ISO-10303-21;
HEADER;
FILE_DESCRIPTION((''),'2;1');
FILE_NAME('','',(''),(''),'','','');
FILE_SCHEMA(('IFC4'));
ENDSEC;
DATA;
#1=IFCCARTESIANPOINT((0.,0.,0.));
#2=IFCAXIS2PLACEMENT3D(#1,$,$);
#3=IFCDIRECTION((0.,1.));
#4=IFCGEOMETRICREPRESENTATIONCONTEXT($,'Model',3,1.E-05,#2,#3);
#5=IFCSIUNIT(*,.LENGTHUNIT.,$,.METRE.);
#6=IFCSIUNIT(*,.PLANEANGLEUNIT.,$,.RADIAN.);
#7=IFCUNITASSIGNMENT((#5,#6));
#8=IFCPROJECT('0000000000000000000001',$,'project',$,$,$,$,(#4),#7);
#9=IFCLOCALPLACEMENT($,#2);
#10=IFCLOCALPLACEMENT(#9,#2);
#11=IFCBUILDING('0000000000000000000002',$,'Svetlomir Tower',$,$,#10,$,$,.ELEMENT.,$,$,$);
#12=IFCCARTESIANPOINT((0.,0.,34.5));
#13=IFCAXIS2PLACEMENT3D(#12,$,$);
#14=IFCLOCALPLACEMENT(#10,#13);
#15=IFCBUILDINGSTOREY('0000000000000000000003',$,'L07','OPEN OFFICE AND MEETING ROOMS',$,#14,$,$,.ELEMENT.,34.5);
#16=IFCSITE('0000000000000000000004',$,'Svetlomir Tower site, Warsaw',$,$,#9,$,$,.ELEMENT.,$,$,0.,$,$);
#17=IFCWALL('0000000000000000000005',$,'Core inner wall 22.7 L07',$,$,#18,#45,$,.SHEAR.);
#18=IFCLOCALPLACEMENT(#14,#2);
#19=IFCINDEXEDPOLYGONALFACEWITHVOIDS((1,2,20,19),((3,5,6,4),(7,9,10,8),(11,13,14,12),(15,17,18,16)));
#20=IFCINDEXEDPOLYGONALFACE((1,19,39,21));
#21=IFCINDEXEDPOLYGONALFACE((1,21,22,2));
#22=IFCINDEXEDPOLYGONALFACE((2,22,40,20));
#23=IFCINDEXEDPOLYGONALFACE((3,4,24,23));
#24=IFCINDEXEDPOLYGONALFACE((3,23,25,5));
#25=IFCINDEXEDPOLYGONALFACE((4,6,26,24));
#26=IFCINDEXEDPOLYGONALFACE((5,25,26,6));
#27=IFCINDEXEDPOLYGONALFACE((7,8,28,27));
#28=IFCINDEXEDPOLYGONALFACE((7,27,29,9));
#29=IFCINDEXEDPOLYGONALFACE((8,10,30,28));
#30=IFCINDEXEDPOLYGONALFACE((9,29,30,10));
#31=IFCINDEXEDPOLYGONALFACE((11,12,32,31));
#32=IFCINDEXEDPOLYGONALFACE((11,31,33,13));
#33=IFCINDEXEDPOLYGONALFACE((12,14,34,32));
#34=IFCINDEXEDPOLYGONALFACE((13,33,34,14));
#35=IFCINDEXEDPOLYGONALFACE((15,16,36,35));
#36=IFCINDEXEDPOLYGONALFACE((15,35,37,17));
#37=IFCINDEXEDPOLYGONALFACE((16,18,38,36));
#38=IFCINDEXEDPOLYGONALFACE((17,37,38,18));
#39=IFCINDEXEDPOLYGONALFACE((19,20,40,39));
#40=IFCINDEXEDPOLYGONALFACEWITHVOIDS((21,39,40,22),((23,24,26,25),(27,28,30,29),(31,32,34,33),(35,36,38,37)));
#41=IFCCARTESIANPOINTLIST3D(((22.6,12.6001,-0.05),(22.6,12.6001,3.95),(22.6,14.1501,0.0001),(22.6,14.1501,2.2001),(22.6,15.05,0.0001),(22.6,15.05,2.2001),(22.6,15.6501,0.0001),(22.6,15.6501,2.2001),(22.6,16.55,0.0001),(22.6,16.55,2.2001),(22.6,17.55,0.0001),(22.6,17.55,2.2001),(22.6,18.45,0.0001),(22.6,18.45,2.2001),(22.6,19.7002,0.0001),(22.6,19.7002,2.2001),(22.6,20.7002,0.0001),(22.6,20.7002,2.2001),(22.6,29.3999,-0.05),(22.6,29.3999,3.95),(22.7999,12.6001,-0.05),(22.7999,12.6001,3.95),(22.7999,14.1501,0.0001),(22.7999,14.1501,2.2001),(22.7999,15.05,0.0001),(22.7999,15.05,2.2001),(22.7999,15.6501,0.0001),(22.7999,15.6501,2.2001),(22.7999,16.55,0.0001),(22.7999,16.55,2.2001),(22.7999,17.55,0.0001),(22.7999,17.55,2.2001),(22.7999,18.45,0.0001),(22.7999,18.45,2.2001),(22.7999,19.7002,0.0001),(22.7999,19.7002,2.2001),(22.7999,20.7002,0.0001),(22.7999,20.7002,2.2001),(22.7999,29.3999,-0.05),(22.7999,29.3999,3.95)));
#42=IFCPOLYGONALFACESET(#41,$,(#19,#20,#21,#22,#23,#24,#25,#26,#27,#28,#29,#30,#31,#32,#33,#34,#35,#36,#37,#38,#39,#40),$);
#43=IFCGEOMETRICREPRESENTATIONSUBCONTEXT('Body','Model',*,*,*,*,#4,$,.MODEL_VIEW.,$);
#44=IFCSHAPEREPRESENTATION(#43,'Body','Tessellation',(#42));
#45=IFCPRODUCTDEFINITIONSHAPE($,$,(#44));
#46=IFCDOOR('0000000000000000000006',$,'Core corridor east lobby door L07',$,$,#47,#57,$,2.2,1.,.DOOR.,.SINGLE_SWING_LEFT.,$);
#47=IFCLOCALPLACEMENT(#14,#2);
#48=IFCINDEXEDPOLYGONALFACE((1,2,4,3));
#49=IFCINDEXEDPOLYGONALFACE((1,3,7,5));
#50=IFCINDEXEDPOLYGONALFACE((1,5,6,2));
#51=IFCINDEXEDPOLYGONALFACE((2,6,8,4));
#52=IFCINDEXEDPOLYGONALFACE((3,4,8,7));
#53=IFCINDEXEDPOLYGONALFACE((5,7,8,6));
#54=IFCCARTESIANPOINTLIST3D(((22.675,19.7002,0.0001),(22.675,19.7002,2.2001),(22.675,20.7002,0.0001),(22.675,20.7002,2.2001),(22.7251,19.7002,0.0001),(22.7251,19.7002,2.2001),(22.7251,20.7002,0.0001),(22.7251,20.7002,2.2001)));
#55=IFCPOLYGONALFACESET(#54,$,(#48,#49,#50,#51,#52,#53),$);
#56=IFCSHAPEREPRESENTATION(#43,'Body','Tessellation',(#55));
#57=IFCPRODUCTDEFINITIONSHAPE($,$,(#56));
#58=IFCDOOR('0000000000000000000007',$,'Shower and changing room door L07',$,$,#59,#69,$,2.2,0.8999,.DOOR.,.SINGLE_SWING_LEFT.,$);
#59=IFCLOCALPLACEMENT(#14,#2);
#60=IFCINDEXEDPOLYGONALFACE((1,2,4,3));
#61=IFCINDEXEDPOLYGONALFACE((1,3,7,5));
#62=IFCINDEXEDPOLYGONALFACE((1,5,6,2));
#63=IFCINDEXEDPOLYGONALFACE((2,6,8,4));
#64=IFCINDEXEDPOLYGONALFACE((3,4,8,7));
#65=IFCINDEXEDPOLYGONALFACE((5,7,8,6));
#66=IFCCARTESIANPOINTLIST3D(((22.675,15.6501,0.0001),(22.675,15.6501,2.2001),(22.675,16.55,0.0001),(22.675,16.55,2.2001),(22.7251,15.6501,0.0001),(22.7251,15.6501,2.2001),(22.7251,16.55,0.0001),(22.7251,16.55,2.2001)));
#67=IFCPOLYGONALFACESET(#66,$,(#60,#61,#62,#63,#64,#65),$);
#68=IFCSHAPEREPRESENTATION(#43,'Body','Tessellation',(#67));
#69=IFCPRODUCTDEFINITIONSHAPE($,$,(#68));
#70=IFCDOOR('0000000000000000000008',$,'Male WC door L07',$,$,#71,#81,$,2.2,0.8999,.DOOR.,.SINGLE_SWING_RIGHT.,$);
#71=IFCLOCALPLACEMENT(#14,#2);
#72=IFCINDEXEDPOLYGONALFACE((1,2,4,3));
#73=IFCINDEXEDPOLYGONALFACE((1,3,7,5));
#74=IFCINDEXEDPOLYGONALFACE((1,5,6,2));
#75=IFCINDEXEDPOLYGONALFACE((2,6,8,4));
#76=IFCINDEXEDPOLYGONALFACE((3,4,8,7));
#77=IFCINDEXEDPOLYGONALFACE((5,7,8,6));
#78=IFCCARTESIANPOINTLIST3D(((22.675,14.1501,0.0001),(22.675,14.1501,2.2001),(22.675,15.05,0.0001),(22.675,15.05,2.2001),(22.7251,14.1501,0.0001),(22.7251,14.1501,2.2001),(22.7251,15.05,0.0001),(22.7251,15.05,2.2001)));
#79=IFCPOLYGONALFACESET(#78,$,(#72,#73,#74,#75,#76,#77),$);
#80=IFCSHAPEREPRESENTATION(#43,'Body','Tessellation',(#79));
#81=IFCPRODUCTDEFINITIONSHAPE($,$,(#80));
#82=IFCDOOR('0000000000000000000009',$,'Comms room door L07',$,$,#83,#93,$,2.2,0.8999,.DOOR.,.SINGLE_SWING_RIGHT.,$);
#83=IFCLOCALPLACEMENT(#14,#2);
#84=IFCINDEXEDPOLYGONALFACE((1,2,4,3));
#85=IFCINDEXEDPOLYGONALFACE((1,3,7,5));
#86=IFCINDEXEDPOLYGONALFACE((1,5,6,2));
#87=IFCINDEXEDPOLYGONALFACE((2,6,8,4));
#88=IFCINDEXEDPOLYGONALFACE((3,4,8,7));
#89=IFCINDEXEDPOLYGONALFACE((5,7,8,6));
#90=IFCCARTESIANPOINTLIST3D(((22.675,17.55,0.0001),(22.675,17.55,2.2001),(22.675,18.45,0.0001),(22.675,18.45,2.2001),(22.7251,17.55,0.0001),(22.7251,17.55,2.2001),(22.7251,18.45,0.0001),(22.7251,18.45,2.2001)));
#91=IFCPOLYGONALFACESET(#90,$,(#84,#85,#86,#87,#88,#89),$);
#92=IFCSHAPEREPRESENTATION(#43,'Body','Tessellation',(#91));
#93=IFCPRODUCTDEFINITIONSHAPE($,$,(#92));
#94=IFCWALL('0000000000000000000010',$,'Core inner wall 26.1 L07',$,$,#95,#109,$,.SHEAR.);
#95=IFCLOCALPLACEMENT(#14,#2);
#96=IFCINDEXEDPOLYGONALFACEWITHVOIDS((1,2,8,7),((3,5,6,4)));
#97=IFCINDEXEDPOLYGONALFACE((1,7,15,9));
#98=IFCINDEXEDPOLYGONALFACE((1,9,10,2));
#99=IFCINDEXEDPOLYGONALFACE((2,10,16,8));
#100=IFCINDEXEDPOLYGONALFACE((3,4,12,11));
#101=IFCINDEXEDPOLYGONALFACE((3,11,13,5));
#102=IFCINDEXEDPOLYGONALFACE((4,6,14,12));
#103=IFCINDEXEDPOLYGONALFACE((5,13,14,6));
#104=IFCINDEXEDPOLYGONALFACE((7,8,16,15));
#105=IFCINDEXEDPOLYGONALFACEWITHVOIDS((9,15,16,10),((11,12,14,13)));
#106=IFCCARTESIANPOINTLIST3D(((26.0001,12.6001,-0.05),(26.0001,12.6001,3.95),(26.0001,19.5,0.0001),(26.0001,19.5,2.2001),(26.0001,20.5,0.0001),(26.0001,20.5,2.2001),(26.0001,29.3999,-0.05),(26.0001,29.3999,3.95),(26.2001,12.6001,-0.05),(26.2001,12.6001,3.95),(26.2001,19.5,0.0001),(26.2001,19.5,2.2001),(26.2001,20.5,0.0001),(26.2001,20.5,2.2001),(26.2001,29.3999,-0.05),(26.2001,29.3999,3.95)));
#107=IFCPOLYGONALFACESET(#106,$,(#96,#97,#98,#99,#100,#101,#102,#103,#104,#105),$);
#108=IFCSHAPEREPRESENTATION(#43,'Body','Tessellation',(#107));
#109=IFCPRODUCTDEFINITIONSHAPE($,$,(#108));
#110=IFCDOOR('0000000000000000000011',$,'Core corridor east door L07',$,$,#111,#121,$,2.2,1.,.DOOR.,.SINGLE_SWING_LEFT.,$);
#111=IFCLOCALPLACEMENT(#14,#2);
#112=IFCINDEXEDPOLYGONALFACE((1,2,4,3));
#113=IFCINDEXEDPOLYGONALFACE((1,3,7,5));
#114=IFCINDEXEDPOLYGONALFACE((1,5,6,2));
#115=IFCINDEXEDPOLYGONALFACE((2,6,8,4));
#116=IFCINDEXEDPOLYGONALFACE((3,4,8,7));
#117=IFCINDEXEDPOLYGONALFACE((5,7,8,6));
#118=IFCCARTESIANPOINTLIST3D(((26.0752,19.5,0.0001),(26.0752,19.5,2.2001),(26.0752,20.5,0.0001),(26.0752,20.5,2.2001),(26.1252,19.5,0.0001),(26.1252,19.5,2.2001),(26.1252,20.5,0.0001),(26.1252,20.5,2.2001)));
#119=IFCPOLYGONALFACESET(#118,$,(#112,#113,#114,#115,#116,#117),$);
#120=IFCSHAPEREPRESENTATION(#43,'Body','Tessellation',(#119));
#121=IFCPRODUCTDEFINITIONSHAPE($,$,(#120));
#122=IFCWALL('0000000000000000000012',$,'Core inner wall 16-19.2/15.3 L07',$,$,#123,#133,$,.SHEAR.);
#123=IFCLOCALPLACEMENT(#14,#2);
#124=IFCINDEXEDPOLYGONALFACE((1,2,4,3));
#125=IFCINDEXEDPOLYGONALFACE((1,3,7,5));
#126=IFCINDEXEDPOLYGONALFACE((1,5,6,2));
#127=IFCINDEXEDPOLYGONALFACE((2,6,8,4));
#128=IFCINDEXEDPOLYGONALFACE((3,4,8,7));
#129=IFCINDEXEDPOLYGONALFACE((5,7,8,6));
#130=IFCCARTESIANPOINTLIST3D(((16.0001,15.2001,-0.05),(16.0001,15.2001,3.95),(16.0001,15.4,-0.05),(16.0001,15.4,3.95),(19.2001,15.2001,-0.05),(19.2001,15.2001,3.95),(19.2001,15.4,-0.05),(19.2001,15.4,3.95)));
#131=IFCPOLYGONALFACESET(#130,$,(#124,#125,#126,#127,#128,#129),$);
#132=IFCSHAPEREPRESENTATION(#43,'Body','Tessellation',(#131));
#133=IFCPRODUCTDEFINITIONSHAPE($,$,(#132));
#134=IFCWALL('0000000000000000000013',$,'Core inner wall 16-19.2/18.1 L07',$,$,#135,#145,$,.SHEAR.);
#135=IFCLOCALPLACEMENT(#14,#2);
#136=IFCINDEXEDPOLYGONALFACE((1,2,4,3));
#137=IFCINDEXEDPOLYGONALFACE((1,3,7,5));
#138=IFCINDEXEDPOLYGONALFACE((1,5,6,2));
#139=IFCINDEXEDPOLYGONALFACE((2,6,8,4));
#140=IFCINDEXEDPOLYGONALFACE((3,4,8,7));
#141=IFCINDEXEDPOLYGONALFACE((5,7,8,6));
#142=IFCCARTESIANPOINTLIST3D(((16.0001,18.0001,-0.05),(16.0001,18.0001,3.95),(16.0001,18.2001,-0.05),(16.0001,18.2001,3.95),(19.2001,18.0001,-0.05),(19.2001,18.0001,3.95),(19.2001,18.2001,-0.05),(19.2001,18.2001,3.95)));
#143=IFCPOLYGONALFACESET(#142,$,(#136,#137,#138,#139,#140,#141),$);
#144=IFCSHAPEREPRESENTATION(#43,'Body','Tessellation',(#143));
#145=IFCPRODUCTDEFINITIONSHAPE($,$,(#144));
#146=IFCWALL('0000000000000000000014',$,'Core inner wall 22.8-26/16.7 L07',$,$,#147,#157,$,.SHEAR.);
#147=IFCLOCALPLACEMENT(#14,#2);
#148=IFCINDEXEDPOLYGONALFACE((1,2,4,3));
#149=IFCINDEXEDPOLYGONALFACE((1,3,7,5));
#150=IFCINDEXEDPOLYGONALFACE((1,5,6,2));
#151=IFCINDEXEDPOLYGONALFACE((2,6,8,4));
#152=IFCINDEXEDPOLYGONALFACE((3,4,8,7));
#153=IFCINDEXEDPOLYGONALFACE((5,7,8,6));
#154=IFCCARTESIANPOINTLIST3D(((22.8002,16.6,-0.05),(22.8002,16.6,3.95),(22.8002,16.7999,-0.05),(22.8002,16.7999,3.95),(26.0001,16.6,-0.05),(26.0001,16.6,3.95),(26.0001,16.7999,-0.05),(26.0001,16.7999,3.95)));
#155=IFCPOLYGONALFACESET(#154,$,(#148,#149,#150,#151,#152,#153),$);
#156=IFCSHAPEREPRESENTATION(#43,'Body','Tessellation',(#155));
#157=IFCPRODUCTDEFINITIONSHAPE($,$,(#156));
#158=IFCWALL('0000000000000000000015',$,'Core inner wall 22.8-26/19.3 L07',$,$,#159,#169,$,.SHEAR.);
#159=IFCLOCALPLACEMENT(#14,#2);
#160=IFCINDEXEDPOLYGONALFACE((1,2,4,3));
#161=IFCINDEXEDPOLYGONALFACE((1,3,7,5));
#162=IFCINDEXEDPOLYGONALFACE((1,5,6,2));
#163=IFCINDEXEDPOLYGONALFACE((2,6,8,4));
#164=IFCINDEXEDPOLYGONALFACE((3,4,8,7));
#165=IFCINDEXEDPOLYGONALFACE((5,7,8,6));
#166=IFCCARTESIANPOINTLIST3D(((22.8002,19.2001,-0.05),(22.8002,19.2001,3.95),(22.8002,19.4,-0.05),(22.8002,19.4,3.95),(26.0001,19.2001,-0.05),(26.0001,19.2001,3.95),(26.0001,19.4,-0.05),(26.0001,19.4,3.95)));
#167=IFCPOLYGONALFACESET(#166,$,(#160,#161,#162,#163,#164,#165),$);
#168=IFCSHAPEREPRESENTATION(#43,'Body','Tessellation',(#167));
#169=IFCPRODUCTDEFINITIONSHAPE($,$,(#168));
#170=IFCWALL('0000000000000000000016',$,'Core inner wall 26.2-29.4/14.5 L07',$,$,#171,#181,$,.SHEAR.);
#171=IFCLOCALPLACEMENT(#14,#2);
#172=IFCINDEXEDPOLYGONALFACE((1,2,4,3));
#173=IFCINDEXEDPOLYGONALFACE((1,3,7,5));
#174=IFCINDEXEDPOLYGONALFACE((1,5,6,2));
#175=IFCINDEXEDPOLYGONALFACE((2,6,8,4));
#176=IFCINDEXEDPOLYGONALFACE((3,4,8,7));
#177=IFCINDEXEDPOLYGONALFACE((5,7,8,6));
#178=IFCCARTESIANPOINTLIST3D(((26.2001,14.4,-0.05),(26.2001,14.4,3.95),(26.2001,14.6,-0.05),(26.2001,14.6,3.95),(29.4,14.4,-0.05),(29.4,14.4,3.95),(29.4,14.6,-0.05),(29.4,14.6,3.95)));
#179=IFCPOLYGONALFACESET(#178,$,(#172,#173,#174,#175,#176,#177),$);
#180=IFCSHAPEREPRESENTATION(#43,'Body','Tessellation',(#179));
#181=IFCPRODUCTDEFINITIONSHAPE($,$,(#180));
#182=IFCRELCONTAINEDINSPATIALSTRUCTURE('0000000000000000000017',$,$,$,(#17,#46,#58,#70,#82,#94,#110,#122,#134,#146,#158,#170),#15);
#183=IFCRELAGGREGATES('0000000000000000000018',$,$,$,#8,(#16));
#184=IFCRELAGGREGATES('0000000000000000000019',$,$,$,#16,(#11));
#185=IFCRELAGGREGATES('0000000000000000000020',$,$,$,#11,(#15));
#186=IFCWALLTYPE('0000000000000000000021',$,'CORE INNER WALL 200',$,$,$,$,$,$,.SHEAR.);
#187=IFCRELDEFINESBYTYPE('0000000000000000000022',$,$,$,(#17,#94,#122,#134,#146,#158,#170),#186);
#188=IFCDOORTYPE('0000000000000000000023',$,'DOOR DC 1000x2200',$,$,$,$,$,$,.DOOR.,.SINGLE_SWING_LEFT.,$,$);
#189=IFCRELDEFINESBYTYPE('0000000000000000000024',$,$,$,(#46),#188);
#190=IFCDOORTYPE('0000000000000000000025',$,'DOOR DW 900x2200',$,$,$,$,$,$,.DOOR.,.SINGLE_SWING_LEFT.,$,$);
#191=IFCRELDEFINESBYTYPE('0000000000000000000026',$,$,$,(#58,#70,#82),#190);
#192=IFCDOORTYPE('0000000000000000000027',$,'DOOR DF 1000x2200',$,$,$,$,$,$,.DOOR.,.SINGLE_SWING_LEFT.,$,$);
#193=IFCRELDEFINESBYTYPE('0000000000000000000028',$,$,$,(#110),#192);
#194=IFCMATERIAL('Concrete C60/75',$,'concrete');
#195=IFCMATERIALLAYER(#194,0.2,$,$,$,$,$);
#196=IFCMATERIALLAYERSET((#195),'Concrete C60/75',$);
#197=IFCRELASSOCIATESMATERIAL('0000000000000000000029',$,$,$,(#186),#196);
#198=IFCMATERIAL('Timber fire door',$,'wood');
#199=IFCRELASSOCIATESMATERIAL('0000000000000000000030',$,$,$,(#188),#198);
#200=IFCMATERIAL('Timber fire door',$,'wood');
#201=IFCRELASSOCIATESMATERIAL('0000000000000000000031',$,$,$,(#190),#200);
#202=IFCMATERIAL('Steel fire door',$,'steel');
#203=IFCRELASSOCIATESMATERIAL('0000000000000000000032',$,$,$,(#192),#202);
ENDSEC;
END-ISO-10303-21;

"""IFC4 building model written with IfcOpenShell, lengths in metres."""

from ifc_helpers import new_model, si_unit, direction, frame, frame_2d, origin, place, context, subcontext, project, spatial, rectangle, extrude, material, layer, layer_set, type_object, element, fill, save


model = new_model("IFC4")

# Units and contexts
model_context = context("Model", 3, precision=1e-05, world=origin(), true_north=direction((0.0, 1.0)))
body_context = subcontext(model_context, "Body", "Model", "MODEL_VIEW")
ifc_project = project(units=[si_unit("LENGTHUNIT", "METRE"), si_unit("PLANEANGLEUNIT", "RADIAN")], contexts=[model_context])

# Site, building, storey
site_placement = place(None, origin())
site = spatial("IfcSite", under=ifc_project, at=site_placement, Name="Svetlomir Tower site, Warsaw", CompositionType="ELEMENT", RefElevation=0.0)
building_placement = place(site_placement, origin())
building = spatial("IfcBuilding", under=site, at=building_placement, Name="Svetlomir Tower", CompositionType="ELEMENT")
storey_placement = place(building_placement, frame((0.0, 0.0, 34.5)))
storey = spatial("IfcBuildingStorey", under=building, at=storey_placement, Name="L07", Description="OPEN OFFICE AND MEETING ROOMS", CompositionType="ELEMENT", Elevation=34.5)

# Wall, openings, doors
ifc_material_1 = material(Name="Concrete C60/75", Category="concrete")
ifc_layer_1 = layer(ifc_material_1, 0.2)
ifc_layer_set_1 = layer_set([ifc_layer_1], Name="Concrete C60/75")
wall_type_1 = type_object("IfcWallType", Name="CORE INNER WALL 200", PredefinedType="SHEAR", material=ifc_layer_set_1)
wall_1_placement = place(storey_placement, frame((22.7, 12.6001, -0.05), z_axis=(0.0, 0.0, 1.0), x_axis=(0.0, 1.0, 0.0)))
wall_1 = element("IfcWall", 1, at=wall_1_placement, inside=storey, type_object=wall_type_1, Name="Core inner wall 22.7 L07", PredefinedType="SHEAR", context=body_context, shape_type="SweptSolid", body=[
    extrude(rectangle(XDim=16.7998, YDim=0.2, at=frame_2d((8.3999, 0.0))), origin(), (0.0, 0.0, 1.0), 4.0),
])
opening_1_placement = place(wall_1_placement, frame((3.05, 0.0, 0.05)))
opening_1 = element("IfcOpeningElement", 2, at=opening_1_placement, cuts=wall_1, PredefinedType="OPENING", context=body_context, shape_type="SweptSolid", body=[
    extrude(rectangle(XDim=0.8999, YDim=2.2, at=frame_2d((0.45, 1.1001))), frame((0.0, 0.1099, 0.0), z_axis=(0.0, -1.0, 0.0), x_axis=(1.0, 0.0, 0.0)), (0.0, 0.0, 1.0), 0.22),
])
opening_2_placement = place(wall_1_placement, frame((7.1001, 0.0, 0.05)))
opening_2 = element("IfcOpeningElement", 3, at=opening_2_placement, cuts=wall_1, PredefinedType="OPENING", context=body_context, shape_type="SweptSolid", body=[
    extrude(rectangle(XDim=1.0, YDim=2.2, at=frame_2d((0.5, 1.1001))), frame((0.0, 0.1099, 0.0), z_axis=(0.0, -1.0, 0.0), x_axis=(1.0, 0.0, 0.0)), (0.0, 0.0, 1.0), 0.22),
])
opening_3_placement = place(wall_1_placement, frame((1.55, 0.0, 0.05)))
opening_3 = element("IfcOpeningElement", 4, at=opening_3_placement, cuts=wall_1, PredefinedType="OPENING", context=body_context, shape_type="SweptSolid", body=[
    extrude(rectangle(XDim=0.8999, YDim=2.2, at=frame_2d((0.45, 1.1001))), frame((0.0, 0.1099, 0.0), z_axis=(0.0, -1.0, 0.0), x_axis=(1.0, 0.0, 0.0)), (0.0, 0.0, 1.0), 0.22),
])
opening_4_placement = place(wall_1_placement, frame((4.95, 0.0, 0.05)))
opening_4 = element("IfcOpeningElement", 5, at=opening_4_placement, cuts=wall_1, PredefinedType="OPENING", context=body_context, shape_type="SweptSolid", body=[
    extrude(rectangle(XDim=0.8999, YDim=2.2, at=frame_2d((0.45, 1.1001))), frame((0.0, 0.1099, 0.0), z_axis=(0.0, -1.0, 0.0), x_axis=(1.0, 0.0, 0.0)), (0.0, 0.0, 1.0), 0.22),
])
ifc_material_2 = material(Name="Timber fire door", Category="wood")
door_type_1 = type_object("IfcDoorType", Name="DOOR DC 1000x2200", OperationType="SINGLE_SWING_LEFT", PredefinedType="DOOR", material=ifc_material_2)
door_1_placement = place(opening_2_placement, origin())
door_1 = element("IfcDoor", 6, at=door_1_placement, inside=storey, type_object=door_type_1, Name="Core corridor east lobby door L07", OperationType="SINGLE_SWING_LEFT", OverallHeight=2.2, OverallWidth=1.0, PredefinedType="DOOR", context=body_context, shape_type="SweptSolid", body=[
    extrude(rectangle(XDim=1.0, YDim=2.2, at=frame_2d((0.5, 1.1001))), frame((0.0, 0.0249, 0.0), z_axis=(0.0, -1.0, 0.0), x_axis=(1.0, 0.0, 0.0)), (0.0, 0.0, 1.0), 0.05),
])
fill(opening_2, door_1)
ifc_material_3 = material(Name="Timber fire door", Category="wood")
door_type_2 = type_object("IfcDoorType", Name="DOOR DW 900x2200", OperationType="SINGLE_SWING_LEFT", PredefinedType="DOOR", material=ifc_material_3)
door_2_placement = place(opening_1_placement, origin())
door_2 = element("IfcDoor", 7, at=door_2_placement, inside=storey, type_object=door_type_2, Name="Shower and changing room door L07", OperationType="SINGLE_SWING_LEFT", OverallHeight=2.2, OverallWidth=0.8999, PredefinedType="DOOR", context=body_context, shape_type="SweptSolid", body=[
    extrude(rectangle(XDim=0.8999, YDim=2.2, at=frame_2d((0.45, 1.1001))), frame((0.0, 0.0249, 0.0), z_axis=(0.0, -1.0, 0.0), x_axis=(1.0, 0.0, 0.0)), (0.0, 0.0, 1.0), 0.05),
])
fill(opening_1, door_2)
door_3_placement = place(opening_3_placement, origin())
door_3 = element("IfcDoor", 8, at=door_3_placement, inside=storey, type_object=door_type_2, Name="Male WC door L07", OperationType="SINGLE_SWING_RIGHT", OverallHeight=2.2, OverallWidth=0.8999, PredefinedType="DOOR", context=body_context, shape_type="SweptSolid", body=[
    extrude(rectangle(XDim=0.8999, YDim=2.2, at=frame_2d((0.45, 1.1001))), frame((0.0, 0.0249, 0.0), z_axis=(0.0, -1.0, 0.0), x_axis=(1.0, 0.0, 0.0)), (0.0, 0.0, 1.0), 0.05),
])
fill(opening_3, door_3)
door_4_placement = place(opening_4_placement, origin())
door_4 = element("IfcDoor", 9, at=door_4_placement, inside=storey, type_object=door_type_2, Name="Comms room door L07", OperationType="SINGLE_SWING_RIGHT", OverallHeight=2.2, OverallWidth=0.8999, PredefinedType="DOOR", context=body_context, shape_type="SweptSolid", body=[
    extrude(rectangle(XDim=0.8999, YDim=2.2, at=frame_2d((0.45, 1.1001))), frame((0.0, 0.0249, 0.0), z_axis=(0.0, -1.0, 0.0), x_axis=(1.0, 0.0, 0.0)), (0.0, 0.0, 1.0), 0.05),
])
fill(opening_4, door_4)

# Wall, opening, door
wall_2_placement = place(storey_placement, frame((26.1001, 12.6001, -0.05), z_axis=(0.0, 0.0, 1.0), x_axis=(0.0, 1.0, 0.0)))
wall_2 = element("IfcWall", 10, at=wall_2_placement, inside=storey, type_object=wall_type_1, Name="Core inner wall 26.1 L07", PredefinedType="SHEAR", context=body_context, shape_type="SweptSolid", body=[
    extrude(rectangle(XDim=16.7998, YDim=0.2, at=frame_2d((8.3999, 0.0))), origin(), (0.0, 0.0, 1.0), 4.0),
])
opening_5_placement = place(wall_2_placement, frame((6.8999, 0.0, 0.05)))
opening_5 = element("IfcOpeningElement", 11, at=opening_5_placement, cuts=wall_2, PredefinedType="OPENING", context=body_context, shape_type="SweptSolid", body=[
    extrude(rectangle(XDim=1.0, YDim=2.2, at=frame_2d((0.5, 1.1001))), frame((0.0, 0.1099, 0.0), z_axis=(0.0, -1.0, 0.0), x_axis=(1.0, 0.0, 0.0)), (0.0, 0.0, 1.0), 0.22),
])
ifc_material_4 = material(Name="Steel fire door", Category="steel")
door_type_3 = type_object("IfcDoorType", Name="DOOR DF 1000x2200", OperationType="SINGLE_SWING_LEFT", PredefinedType="DOOR", material=ifc_material_4)
door_5_placement = place(opening_5_placement, origin())
door_5 = element("IfcDoor", 12, at=door_5_placement, inside=storey, type_object=door_type_3, Name="Core corridor east door L07", OperationType="SINGLE_SWING_LEFT", OverallHeight=2.2, OverallWidth=1.0, PredefinedType="DOOR", context=body_context, shape_type="SweptSolid", body=[
    extrude(rectangle(XDim=1.0, YDim=2.2, at=frame_2d((0.5, 1.1001))), frame((0.0, 0.0249, 0.0), z_axis=(0.0, -1.0, 0.0), x_axis=(1.0, 0.0, 0.0)), (0.0, 0.0, 1.0), 0.05),
])
fill(opening_5, door_5)

# Walls
for number, where, z_axis, x_axis, name in (
    (13, (16.0, 15.3, -0.05), (0.0, 0.0, 1.0), (1.0, 0.0, 0.0), "Core inner wall 16-19.2/15.3 L07"),
    (14, (16.0, 18.1001, -0.05), (0.0, 0.0, 1.0), (1.0, 0.0, 0.0), "Core inner wall 16-19.2/18.1 L07"),
    (15, (22.8, 16.7, -0.05), (0.0, 0.0, 1.0), (1.0, 0.0, 0.0), "Core inner wall 22.8-26/16.7 L07"),
    (16, (22.8, 19.3, -0.05), (0.0, 0.0, 1.0), (1.0, 0.0, 0.0), "Core inner wall 22.8-26/19.3 L07"),
    (17, (26.2, 14.5, -0.05), (0.0, 0.0, 1.0), (1.0, 0.0, 0.0), "Core inner wall 26.2-29.4/14.5 L07"),
):
    element("IfcWall", number, at=place(storey_placement, frame(where, z_axis=z_axis, x_axis=x_axis)), inside=storey, type_object=wall_type_1, Name=name, PredefinedType="SHEAR", context=body_context, shape_type="SweptSolid", body=[
        extrude(rectangle(XDim=3.2, YDim=0.2, at=frame_2d((1.6001, 0.0))), origin(), (0.0, 0.0, 1.0), 4.0),
    ])

save(model, "model.ifc")
